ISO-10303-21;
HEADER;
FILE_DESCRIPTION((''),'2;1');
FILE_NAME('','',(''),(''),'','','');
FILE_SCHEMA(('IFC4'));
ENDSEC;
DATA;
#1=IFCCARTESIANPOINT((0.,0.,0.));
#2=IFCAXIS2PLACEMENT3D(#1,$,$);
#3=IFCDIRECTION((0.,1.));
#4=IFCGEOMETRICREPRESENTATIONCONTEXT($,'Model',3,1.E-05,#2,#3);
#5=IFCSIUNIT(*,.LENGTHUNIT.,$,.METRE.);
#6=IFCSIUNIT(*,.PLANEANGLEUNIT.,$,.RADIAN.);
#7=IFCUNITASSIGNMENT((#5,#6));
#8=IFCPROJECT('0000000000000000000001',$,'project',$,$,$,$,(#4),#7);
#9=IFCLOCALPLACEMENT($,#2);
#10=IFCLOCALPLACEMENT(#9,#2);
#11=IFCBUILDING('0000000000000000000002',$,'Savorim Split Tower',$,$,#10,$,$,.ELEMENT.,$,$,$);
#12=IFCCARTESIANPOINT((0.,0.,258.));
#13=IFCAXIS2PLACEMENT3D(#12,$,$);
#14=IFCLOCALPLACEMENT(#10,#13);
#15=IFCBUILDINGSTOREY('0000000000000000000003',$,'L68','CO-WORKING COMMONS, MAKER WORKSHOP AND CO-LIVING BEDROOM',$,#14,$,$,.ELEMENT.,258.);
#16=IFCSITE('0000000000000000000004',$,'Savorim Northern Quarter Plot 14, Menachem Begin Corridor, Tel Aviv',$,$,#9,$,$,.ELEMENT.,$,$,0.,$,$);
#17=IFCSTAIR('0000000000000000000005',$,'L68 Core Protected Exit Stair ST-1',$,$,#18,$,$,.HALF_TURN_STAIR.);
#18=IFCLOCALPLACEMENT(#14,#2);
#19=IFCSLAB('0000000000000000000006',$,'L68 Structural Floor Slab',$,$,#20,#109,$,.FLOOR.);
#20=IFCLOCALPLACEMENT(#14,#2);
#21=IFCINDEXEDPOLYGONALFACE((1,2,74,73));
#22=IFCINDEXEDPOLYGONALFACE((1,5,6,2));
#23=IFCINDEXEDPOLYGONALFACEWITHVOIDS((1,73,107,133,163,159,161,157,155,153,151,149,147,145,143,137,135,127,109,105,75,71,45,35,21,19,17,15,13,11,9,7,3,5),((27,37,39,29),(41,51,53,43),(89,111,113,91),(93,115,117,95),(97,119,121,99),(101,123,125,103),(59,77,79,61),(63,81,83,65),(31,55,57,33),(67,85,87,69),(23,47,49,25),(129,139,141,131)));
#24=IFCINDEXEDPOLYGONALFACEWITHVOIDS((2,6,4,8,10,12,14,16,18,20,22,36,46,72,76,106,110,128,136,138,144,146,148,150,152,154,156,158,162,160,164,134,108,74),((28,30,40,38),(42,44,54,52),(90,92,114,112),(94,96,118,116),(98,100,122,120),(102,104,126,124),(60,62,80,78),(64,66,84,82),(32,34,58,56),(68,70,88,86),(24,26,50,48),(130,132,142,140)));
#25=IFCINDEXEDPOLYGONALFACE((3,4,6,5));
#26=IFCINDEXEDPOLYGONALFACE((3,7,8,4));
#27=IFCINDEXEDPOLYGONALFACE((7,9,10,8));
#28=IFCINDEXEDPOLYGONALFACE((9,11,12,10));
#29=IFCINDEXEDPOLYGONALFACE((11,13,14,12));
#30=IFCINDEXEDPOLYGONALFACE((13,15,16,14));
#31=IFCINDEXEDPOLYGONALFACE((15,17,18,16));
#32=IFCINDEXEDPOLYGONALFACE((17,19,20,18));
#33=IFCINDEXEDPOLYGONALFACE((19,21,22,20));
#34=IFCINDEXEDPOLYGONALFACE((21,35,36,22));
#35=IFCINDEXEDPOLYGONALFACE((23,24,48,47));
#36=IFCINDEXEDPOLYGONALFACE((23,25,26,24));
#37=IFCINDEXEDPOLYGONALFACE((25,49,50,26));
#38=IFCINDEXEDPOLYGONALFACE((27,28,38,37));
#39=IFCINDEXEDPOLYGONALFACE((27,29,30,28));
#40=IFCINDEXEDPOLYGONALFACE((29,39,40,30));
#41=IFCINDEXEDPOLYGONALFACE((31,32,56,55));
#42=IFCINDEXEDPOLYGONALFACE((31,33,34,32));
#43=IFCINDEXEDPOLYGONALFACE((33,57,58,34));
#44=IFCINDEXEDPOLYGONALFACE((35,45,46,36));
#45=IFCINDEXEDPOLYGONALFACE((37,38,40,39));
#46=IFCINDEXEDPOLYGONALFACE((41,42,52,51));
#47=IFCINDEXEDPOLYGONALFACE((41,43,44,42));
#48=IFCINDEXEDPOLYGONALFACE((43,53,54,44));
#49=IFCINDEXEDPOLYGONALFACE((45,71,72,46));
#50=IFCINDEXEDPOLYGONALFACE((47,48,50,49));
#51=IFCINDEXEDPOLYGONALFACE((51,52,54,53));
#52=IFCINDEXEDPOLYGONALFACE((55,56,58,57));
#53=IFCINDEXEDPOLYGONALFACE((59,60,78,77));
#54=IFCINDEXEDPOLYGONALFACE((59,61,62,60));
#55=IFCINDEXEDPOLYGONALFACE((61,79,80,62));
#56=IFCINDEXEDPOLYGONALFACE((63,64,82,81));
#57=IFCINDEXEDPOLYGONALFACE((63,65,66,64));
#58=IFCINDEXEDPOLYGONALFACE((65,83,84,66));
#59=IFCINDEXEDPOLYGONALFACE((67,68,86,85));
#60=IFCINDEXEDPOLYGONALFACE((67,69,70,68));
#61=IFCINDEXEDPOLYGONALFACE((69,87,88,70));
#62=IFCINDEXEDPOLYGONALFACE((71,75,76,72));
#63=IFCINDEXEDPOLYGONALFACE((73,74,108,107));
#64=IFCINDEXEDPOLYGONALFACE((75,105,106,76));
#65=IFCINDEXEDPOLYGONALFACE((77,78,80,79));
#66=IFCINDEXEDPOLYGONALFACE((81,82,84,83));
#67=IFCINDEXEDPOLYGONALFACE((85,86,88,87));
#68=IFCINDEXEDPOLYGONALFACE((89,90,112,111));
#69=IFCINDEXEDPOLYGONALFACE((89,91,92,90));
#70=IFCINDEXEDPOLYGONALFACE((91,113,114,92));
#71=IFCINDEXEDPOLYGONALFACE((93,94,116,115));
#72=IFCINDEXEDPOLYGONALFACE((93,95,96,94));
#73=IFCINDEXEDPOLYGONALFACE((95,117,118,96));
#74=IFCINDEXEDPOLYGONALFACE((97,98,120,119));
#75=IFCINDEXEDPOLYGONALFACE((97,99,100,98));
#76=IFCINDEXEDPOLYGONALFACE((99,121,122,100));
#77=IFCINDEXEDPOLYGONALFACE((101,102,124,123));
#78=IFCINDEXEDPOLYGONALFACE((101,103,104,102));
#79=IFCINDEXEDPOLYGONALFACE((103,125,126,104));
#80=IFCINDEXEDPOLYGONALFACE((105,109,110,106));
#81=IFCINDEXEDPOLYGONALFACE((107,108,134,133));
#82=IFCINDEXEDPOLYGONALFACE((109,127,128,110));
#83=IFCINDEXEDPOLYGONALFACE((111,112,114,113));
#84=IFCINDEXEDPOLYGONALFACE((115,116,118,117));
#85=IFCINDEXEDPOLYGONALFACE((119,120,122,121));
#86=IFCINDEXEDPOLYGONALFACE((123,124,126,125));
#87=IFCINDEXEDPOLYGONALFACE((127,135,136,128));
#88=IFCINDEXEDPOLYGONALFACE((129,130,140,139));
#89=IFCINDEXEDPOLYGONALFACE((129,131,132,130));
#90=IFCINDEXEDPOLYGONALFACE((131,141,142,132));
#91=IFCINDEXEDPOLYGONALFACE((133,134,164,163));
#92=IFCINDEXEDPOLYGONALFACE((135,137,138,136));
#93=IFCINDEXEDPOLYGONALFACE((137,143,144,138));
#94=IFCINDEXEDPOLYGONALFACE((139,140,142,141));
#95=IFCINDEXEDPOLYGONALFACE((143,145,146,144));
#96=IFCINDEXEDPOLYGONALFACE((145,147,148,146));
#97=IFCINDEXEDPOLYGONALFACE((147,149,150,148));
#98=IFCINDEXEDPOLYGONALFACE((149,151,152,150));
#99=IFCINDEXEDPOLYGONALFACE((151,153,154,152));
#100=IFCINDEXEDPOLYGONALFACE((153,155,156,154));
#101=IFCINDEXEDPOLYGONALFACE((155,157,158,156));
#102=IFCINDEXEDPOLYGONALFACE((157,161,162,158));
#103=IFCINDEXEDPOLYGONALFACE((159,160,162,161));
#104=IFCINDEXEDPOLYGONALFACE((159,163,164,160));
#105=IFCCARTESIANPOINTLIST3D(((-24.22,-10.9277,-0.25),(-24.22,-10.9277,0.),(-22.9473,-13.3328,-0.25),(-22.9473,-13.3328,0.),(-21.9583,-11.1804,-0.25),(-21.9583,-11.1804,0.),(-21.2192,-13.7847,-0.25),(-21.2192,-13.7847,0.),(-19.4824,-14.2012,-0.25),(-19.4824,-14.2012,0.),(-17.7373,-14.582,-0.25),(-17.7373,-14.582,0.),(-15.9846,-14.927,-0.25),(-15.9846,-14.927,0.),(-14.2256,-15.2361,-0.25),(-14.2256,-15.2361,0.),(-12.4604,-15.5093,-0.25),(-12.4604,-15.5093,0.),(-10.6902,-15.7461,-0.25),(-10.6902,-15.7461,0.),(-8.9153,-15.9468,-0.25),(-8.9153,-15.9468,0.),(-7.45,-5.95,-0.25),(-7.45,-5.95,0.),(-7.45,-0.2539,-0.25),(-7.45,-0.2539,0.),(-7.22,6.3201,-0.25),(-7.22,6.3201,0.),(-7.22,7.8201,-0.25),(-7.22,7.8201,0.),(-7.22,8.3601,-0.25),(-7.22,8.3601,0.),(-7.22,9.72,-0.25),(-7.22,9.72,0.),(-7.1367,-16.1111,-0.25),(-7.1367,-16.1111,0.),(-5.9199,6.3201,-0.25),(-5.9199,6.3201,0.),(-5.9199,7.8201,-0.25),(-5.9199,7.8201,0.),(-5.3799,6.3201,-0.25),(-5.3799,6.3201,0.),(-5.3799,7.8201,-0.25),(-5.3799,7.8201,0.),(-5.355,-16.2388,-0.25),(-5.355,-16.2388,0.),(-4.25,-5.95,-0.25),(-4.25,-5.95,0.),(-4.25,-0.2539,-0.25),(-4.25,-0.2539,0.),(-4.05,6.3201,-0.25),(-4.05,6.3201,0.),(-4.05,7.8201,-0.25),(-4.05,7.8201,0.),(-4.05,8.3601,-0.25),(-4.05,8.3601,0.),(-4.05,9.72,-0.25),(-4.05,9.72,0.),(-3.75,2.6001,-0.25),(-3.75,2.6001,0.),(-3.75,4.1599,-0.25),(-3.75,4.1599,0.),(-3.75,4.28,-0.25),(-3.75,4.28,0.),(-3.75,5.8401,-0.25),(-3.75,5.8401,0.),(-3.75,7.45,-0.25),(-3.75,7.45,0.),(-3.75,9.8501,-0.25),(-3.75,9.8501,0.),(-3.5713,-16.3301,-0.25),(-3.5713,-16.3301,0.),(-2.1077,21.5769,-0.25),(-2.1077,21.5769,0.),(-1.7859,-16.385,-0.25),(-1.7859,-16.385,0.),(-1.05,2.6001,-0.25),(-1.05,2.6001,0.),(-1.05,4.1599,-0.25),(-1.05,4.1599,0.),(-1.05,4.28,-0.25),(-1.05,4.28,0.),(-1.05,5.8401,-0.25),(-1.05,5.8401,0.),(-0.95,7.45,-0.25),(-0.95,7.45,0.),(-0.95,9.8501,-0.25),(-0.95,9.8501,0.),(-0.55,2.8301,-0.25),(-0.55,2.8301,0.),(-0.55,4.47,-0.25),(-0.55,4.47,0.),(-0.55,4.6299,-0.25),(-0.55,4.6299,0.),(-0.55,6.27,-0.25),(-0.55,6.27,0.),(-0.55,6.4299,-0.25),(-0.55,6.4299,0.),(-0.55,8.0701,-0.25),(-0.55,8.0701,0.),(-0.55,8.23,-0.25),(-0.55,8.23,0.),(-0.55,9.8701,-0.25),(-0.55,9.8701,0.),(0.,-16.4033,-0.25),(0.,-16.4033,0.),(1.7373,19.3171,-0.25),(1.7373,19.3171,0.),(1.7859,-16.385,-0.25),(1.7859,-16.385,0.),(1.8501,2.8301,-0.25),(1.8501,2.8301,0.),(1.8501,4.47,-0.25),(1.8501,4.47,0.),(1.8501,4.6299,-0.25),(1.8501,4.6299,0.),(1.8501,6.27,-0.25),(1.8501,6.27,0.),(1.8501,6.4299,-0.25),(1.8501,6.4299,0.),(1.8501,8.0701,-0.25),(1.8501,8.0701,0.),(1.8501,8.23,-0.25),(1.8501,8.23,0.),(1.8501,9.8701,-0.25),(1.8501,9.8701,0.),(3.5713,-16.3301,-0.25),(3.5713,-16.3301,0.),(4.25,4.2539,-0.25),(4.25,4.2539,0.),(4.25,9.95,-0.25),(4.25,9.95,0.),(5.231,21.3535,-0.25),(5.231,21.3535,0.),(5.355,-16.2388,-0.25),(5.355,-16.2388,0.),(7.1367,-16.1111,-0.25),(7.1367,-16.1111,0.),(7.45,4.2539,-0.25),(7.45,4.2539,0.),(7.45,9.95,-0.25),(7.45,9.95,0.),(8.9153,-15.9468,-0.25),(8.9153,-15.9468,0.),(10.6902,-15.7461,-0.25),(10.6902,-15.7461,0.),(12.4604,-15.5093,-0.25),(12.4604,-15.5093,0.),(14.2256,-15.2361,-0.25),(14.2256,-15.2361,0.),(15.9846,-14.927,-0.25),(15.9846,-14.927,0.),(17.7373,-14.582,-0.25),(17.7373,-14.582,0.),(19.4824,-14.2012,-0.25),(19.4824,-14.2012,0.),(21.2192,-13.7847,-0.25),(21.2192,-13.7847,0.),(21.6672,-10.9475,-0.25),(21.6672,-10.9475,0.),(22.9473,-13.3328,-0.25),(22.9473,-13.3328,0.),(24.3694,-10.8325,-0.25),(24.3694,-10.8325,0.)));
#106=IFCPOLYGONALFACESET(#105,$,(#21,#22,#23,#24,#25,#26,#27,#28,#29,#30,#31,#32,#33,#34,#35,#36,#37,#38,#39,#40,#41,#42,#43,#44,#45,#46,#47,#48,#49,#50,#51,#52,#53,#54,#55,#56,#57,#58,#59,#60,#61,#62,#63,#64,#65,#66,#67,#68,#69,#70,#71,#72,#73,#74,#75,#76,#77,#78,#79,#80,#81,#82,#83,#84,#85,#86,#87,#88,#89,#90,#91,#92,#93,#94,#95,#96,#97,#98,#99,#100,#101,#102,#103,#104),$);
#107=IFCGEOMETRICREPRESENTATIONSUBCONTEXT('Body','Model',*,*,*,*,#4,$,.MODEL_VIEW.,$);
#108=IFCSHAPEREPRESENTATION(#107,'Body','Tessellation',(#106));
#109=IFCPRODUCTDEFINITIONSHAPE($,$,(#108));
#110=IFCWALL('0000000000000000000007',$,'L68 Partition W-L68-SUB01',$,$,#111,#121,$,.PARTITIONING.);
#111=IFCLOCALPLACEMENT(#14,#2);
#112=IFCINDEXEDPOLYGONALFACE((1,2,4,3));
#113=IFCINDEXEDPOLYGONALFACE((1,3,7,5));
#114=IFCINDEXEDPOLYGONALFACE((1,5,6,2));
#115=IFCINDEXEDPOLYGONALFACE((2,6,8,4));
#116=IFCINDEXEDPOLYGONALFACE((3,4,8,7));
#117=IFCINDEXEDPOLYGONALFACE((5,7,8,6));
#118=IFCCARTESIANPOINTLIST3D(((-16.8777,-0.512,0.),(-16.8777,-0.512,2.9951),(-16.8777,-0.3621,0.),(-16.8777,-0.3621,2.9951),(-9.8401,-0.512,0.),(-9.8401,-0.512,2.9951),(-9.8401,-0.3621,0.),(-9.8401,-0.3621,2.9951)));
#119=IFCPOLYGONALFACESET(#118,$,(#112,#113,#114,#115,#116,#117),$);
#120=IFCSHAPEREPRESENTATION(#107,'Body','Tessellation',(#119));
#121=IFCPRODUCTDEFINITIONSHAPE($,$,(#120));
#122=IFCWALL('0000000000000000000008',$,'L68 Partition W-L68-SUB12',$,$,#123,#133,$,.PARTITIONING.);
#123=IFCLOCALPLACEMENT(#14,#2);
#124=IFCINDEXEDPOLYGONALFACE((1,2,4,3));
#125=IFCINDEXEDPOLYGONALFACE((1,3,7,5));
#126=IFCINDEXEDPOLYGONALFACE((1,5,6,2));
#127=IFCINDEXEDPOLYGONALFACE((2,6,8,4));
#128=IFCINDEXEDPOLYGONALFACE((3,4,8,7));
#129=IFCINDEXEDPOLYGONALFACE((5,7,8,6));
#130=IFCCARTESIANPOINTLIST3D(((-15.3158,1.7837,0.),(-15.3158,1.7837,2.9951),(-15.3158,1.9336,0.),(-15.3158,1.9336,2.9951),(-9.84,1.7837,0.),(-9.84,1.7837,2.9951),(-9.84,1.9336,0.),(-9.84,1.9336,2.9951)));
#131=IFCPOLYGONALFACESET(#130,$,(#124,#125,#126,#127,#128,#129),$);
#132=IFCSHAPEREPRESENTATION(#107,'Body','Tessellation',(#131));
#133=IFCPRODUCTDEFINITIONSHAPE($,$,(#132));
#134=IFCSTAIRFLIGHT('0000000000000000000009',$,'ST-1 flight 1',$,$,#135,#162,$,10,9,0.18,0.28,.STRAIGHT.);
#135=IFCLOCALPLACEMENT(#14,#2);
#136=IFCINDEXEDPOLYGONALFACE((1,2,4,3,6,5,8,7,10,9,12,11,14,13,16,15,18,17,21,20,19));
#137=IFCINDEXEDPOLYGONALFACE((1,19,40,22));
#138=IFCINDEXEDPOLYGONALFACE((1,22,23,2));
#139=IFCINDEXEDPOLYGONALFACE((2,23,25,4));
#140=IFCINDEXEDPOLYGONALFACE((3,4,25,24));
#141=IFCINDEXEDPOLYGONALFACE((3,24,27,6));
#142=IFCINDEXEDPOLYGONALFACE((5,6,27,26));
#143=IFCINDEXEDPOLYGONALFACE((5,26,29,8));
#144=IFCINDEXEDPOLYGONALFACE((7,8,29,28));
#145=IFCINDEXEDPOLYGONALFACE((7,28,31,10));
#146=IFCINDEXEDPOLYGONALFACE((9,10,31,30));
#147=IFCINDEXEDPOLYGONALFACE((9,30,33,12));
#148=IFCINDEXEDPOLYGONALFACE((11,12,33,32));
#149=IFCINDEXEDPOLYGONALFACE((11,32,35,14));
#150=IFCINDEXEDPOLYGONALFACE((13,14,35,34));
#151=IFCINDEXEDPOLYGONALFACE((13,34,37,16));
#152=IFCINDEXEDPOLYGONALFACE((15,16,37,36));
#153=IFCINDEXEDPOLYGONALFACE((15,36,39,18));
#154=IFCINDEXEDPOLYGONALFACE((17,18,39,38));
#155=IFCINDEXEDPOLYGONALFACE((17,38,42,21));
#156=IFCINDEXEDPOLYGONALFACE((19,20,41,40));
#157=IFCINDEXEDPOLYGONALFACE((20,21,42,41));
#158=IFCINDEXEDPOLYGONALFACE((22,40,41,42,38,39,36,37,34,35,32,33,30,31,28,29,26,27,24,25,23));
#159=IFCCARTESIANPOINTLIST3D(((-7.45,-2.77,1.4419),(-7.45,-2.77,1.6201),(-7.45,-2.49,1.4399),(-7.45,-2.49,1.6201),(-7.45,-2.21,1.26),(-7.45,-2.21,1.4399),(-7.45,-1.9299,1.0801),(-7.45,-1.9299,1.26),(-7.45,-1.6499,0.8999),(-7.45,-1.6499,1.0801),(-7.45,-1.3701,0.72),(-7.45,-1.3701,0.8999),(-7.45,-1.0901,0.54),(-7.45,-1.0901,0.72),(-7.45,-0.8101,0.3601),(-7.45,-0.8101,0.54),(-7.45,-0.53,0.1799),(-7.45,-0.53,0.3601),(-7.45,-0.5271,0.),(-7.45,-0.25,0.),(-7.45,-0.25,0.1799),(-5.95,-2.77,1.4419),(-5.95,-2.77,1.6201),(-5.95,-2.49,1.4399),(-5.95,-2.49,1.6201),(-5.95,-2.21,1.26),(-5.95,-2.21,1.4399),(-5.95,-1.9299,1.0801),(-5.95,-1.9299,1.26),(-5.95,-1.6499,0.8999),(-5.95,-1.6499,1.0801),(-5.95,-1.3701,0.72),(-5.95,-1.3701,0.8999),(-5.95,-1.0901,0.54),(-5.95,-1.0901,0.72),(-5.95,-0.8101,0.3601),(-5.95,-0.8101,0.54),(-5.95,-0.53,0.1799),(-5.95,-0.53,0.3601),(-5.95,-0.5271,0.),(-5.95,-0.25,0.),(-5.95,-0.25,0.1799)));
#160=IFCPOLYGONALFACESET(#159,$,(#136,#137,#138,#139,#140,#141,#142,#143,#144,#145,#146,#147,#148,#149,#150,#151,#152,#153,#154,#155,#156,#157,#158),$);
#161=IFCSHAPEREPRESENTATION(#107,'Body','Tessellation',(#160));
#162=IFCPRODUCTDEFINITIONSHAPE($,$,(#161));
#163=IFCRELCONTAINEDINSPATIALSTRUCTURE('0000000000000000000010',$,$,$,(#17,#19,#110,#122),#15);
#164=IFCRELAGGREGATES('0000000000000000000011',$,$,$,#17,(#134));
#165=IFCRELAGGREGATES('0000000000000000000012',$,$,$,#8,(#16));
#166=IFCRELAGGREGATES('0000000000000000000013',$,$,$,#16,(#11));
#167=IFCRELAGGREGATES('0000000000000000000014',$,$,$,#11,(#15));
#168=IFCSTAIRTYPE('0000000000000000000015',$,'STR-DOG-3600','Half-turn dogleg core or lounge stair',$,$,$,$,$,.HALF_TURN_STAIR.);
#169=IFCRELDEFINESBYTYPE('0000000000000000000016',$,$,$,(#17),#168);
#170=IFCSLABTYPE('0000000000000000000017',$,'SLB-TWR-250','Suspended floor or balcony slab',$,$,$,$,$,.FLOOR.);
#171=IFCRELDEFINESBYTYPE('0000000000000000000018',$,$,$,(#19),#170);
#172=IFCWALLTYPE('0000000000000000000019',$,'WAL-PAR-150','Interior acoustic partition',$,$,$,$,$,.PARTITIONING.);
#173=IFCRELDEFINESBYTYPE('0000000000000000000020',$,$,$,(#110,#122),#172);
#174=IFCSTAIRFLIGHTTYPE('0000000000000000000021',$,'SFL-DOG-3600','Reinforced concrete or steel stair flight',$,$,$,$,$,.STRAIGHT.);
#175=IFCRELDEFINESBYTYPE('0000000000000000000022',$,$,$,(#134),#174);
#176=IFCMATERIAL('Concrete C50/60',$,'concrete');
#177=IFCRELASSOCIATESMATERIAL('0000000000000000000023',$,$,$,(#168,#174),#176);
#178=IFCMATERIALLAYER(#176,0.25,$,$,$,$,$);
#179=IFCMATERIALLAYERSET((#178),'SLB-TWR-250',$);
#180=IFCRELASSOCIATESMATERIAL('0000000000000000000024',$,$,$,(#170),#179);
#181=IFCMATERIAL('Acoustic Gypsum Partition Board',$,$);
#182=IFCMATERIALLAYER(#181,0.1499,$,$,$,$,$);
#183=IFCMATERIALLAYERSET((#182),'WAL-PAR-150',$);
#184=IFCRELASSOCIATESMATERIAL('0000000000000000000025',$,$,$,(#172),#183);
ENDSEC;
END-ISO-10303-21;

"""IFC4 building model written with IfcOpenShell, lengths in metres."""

from ifc_helpers import new_model, si_unit, direction, frame, frame_2d, origin, place, context, subcontext, project, spatial, polyline, rectangle, outline, extrude, material, layer, layer_set, type_object, element, aggregate, save


model = new_model("IFC4")

# Units and contexts
model_context = context("Model", 3, precision=1e-05, world=origin(), true_north=direction((0.0, 1.0)))
body_context = subcontext(model_context, "Body", "Model", "MODEL_VIEW")
ifc_project = project(units=[si_unit("LENGTHUNIT", "METRE"), si_unit("PLANEANGLEUNIT", "RADIAN")], contexts=[model_context])

# Site, building, storey
site_placement = place(None, origin())
site = spatial("IfcSite", under=ifc_project, at=site_placement, Name="Savorim Northern Quarter Plot 14, Menachem Begin Corridor, Tel Aviv", CompositionType="ELEMENT", RefElevation=0.0)
building_placement = place(site_placement, origin())
building = spatial("IfcBuilding", under=site, at=building_placement, Name="Savorim Split Tower", CompositionType="ELEMENT")
storey_placement = place(building_placement, frame((0.0, 0.0, 258.0)))
storey = spatial("IfcBuildingStorey", under=building, at=storey_placement, Name="L68", Description="CO-WORKING COMMONS, MAKER WORKSHOP AND CO-LIVING BEDROOM", CompositionType="ELEMENT", Elevation=258.0)

# Shared definitions
ifc_material_1 = material(Name="Concrete C50/60", Category="concrete")

# Stair
stair_type = type_object("IfcStairType", Name="STR-DOG-3600", Description="Half-turn dogleg core or lounge stair", PredefinedType="HALF_TURN_STAIR", material=ifc_material_1)
stair_1_placement = place(storey_placement, origin())
stair_1 = element("IfcStair", 1, at=stair_1_placement, inside=storey, type_object=stair_type, Name="L68 Core Protected Exit Stair ST-1", PredefinedType="HALF_TURN_STAIR")

# Slab
ifc_layer_1 = layer(ifc_material_1, 0.25)
ifc_layer_set_1 = layer_set([ifc_layer_1], Name="SLB-TWR-250")
slab_type_1 = type_object("IfcSlabType", Name="SLB-TWR-250", Description="Suspended floor or balcony slab", PredefinedType="FLOOR", material=ifc_layer_set_1)
slab_1_placement = place(storey_placement, frame((0.0, 0.0, -0.25)))
element("IfcSlab", 2, at=slab_1_placement, inside=storey, type_object=slab_type_1, Name="L68 Structural Floor Slab", PredefinedType="FLOOR", context=body_context, shape_type="SweptSolid", body=[
    extrude(outline(polyline([(-22.9473, -13.3328), (-21.2192, -13.7847), (-19.4824, -14.2012), (-17.7373, -14.582), (-15.9846, -14.927), (-14.2256, -15.2361), (-12.4604, -15.5093), (-10.6902, -15.7461), (-8.9153, -15.9468), (-7.1367, -16.1111), (-5.355, -16.2388), (-3.5713, -16.3301), (-1.7859, -16.385), (0.0, -16.4033), (1.7859, -16.385), (3.5713, -16.3301), (5.355, -16.2388), (7.1367, -16.1111), (8.9153, -15.9468), (10.6902, -15.7461), (12.4604, -15.5093), (14.2256, -15.2361), (15.9846, -14.927), (17.7373, -14.582), (19.4824, -14.2012), (21.2192, -13.7847), (22.9473, -13.3328), (21.6672, -10.9475), (24.3694, -10.8325), (5.231, 21.3535), (1.7373, 19.3171), (-2.1077, 21.5769), (-24.22, -10.9277), (-21.9583, -11.1804), (-22.9473, -13.3328)]), holes=[polyline([(-7.45, -0.2539), (-7.45, -5.95), (-4.25, -5.95), (-4.25, -0.2539), (-7.45, -0.2539)]), polyline([(7.45, 4.2539), (7.45, 9.95), (4.25, 9.95), (4.25, 4.2539), (7.45, 4.2539)]), polyline([(-0.55, 2.8301), (1.8501, 2.8301), (1.8501, 4.47), (-0.55, 4.47), (-0.55, 2.8301)]), polyline([(-0.55, 4.6299), (1.8501, 4.6299), (1.8501, 6.27), (-0.55, 6.27), (-0.55, 4.6299)]), polyline([(-0.55, 6.4299), (1.8501, 6.4299), (1.8501, 8.0701), (-0.55, 8.0701), (-0.55, 6.4299)]), polyline([(-0.55, 8.23), (1.8501, 8.23), (1.8501, 9.8701), (-0.55, 9.8701), (-0.55, 8.23)]), polyline([(-3.75, 2.6001), (-1.05, 2.6001), (-1.05, 4.1599), (-3.75, 4.1599), (-3.75, 2.6001)]), polyline([(-3.75, 4.28), (-1.05, 4.28), (-1.05, 5.8401), (-3.75, 5.8401), (-3.75, 4.28)]), polyline([(-3.75, 7.45), (-0.95, 7.45), (-0.95, 9.8501), (-3.75, 9.8501), (-3.75, 7.45)]), polyline([(-7.22, 6.3201), (-5.9199, 6.3201), (-5.9199, 7.8201), (-7.22, 7.8201), (-7.22, 6.3201)]), polyline([(-5.3799, 6.3201), (-4.05, 6.3201), (-4.05, 7.8201), (-5.3799, 7.8201), (-5.3799, 6.3201)]), polyline([(-7.22, 8.3601), (-4.05, 8.3601), (-4.05, 9.72), (-7.22, 9.72), (-7.22, 8.3601)])]), origin(), (0.0, 0.0, 1.0), 0.25),
])

# Walls
ifc_material_2 = material(Name="Acoustic Gypsum Partition Board")
ifc_layer_2 = layer(ifc_material_2, 0.1499)
ifc_layer_set_2 = layer_set([ifc_layer_2], Name="WAL-PAR-150")
wall_type_1 = type_object("IfcWallType", Name="WAL-PAR-150", Description="Interior acoustic partition", PredefinedType="PARTITIONING", material=ifc_layer_set_2)
wall_1_placement = place(storey_placement, frame((-9.8401, -0.437, 0.0), z_axis=(0.0, 0.0, 1.0), x_axis=(-1.0, 0.0, 0.0)))
element("IfcWall", 3, at=wall_1_placement, inside=storey, type_object=wall_type_1, Name="L68 Partition W-L68-SUB01", PredefinedType="PARTITIONING", context=body_context, shape_type="SweptSolid", body=[
    extrude(rectangle(XDim=7.0376, YDim=0.1499, at=frame_2d((3.5188, 0.0))), origin(), (0.0, 0.0, 1.0), 2.9951),
])
wall_2_placement = place(storey_placement, frame((-9.8401, 1.8586, 0.0), z_axis=(0.0, 0.0, 1.0), x_axis=(-1.0, 0.0, 0.0)))
element("IfcWall", 4, at=wall_2_placement, inside=storey, type_object=wall_type_1, Name="L68 Partition W-L68-SUB12", PredefinedType="PARTITIONING", context=body_context, shape_type="SweptSolid", body=[
    extrude(rectangle(XDim=5.4758, YDim=0.1499, at=frame_2d((2.7378, 0.0))), origin(), (0.0, 0.0, 1.0), 2.9951),
])

# Stair flight
stair_flight_type = type_object("IfcStairFlightType", Name="SFL-DOG-3600", Description="Reinforced concrete or steel stair flight", PredefinedType="STRAIGHT", material=ifc_material_1)
stair_flight_placement = place(storey_placement, frame((-6.7, -0.25, 0.0), z_axis=(0.0, 0.0, 1.0), x_axis=(0.0, -1.0, 0.0)))
stair_flight = element("IfcStairFlight", 5, at=stair_flight_placement, type_object=stair_flight_type, Name="ST-1 flight 1", NumberOfRisers=10, NumberOfTreads=9, PredefinedType="STRAIGHT", RiserHeight=0.18, TreadLength=0.28, context=body_context, shape_type="SweptSolid", body=[
    extrude(outline(polyline([(0.0, 0.0), (0.0, 0.1799), (0.28, 0.1799), (0.28, 0.3601), (0.5601, 0.3601), (0.5601, 0.54), (0.8401, 0.54), (0.8401, 0.72), (1.1201, 0.72), (1.1201, 0.8999), (1.3999, 0.8999), (1.3999, 1.0801), (1.6799, 1.0801), (1.6799, 1.26), (1.96, 1.26), (1.96, 1.4399), (2.24, 1.4399), (2.24, 1.6201), (2.52, 1.6201), (2.52, 1.8), (2.52, 1.4419), (0.2771, 0.0), (0.0, 0.0)])), frame((0.0, 0.75, 0.0), z_axis=(0.0, -1.0, 0.0), x_axis=(1.0, 0.0, 0.0)), (0.0, 0.0, 1.0), 1.5),
])
aggregate(stair_1, [stair_flight])

save(model, "model.ifc")
